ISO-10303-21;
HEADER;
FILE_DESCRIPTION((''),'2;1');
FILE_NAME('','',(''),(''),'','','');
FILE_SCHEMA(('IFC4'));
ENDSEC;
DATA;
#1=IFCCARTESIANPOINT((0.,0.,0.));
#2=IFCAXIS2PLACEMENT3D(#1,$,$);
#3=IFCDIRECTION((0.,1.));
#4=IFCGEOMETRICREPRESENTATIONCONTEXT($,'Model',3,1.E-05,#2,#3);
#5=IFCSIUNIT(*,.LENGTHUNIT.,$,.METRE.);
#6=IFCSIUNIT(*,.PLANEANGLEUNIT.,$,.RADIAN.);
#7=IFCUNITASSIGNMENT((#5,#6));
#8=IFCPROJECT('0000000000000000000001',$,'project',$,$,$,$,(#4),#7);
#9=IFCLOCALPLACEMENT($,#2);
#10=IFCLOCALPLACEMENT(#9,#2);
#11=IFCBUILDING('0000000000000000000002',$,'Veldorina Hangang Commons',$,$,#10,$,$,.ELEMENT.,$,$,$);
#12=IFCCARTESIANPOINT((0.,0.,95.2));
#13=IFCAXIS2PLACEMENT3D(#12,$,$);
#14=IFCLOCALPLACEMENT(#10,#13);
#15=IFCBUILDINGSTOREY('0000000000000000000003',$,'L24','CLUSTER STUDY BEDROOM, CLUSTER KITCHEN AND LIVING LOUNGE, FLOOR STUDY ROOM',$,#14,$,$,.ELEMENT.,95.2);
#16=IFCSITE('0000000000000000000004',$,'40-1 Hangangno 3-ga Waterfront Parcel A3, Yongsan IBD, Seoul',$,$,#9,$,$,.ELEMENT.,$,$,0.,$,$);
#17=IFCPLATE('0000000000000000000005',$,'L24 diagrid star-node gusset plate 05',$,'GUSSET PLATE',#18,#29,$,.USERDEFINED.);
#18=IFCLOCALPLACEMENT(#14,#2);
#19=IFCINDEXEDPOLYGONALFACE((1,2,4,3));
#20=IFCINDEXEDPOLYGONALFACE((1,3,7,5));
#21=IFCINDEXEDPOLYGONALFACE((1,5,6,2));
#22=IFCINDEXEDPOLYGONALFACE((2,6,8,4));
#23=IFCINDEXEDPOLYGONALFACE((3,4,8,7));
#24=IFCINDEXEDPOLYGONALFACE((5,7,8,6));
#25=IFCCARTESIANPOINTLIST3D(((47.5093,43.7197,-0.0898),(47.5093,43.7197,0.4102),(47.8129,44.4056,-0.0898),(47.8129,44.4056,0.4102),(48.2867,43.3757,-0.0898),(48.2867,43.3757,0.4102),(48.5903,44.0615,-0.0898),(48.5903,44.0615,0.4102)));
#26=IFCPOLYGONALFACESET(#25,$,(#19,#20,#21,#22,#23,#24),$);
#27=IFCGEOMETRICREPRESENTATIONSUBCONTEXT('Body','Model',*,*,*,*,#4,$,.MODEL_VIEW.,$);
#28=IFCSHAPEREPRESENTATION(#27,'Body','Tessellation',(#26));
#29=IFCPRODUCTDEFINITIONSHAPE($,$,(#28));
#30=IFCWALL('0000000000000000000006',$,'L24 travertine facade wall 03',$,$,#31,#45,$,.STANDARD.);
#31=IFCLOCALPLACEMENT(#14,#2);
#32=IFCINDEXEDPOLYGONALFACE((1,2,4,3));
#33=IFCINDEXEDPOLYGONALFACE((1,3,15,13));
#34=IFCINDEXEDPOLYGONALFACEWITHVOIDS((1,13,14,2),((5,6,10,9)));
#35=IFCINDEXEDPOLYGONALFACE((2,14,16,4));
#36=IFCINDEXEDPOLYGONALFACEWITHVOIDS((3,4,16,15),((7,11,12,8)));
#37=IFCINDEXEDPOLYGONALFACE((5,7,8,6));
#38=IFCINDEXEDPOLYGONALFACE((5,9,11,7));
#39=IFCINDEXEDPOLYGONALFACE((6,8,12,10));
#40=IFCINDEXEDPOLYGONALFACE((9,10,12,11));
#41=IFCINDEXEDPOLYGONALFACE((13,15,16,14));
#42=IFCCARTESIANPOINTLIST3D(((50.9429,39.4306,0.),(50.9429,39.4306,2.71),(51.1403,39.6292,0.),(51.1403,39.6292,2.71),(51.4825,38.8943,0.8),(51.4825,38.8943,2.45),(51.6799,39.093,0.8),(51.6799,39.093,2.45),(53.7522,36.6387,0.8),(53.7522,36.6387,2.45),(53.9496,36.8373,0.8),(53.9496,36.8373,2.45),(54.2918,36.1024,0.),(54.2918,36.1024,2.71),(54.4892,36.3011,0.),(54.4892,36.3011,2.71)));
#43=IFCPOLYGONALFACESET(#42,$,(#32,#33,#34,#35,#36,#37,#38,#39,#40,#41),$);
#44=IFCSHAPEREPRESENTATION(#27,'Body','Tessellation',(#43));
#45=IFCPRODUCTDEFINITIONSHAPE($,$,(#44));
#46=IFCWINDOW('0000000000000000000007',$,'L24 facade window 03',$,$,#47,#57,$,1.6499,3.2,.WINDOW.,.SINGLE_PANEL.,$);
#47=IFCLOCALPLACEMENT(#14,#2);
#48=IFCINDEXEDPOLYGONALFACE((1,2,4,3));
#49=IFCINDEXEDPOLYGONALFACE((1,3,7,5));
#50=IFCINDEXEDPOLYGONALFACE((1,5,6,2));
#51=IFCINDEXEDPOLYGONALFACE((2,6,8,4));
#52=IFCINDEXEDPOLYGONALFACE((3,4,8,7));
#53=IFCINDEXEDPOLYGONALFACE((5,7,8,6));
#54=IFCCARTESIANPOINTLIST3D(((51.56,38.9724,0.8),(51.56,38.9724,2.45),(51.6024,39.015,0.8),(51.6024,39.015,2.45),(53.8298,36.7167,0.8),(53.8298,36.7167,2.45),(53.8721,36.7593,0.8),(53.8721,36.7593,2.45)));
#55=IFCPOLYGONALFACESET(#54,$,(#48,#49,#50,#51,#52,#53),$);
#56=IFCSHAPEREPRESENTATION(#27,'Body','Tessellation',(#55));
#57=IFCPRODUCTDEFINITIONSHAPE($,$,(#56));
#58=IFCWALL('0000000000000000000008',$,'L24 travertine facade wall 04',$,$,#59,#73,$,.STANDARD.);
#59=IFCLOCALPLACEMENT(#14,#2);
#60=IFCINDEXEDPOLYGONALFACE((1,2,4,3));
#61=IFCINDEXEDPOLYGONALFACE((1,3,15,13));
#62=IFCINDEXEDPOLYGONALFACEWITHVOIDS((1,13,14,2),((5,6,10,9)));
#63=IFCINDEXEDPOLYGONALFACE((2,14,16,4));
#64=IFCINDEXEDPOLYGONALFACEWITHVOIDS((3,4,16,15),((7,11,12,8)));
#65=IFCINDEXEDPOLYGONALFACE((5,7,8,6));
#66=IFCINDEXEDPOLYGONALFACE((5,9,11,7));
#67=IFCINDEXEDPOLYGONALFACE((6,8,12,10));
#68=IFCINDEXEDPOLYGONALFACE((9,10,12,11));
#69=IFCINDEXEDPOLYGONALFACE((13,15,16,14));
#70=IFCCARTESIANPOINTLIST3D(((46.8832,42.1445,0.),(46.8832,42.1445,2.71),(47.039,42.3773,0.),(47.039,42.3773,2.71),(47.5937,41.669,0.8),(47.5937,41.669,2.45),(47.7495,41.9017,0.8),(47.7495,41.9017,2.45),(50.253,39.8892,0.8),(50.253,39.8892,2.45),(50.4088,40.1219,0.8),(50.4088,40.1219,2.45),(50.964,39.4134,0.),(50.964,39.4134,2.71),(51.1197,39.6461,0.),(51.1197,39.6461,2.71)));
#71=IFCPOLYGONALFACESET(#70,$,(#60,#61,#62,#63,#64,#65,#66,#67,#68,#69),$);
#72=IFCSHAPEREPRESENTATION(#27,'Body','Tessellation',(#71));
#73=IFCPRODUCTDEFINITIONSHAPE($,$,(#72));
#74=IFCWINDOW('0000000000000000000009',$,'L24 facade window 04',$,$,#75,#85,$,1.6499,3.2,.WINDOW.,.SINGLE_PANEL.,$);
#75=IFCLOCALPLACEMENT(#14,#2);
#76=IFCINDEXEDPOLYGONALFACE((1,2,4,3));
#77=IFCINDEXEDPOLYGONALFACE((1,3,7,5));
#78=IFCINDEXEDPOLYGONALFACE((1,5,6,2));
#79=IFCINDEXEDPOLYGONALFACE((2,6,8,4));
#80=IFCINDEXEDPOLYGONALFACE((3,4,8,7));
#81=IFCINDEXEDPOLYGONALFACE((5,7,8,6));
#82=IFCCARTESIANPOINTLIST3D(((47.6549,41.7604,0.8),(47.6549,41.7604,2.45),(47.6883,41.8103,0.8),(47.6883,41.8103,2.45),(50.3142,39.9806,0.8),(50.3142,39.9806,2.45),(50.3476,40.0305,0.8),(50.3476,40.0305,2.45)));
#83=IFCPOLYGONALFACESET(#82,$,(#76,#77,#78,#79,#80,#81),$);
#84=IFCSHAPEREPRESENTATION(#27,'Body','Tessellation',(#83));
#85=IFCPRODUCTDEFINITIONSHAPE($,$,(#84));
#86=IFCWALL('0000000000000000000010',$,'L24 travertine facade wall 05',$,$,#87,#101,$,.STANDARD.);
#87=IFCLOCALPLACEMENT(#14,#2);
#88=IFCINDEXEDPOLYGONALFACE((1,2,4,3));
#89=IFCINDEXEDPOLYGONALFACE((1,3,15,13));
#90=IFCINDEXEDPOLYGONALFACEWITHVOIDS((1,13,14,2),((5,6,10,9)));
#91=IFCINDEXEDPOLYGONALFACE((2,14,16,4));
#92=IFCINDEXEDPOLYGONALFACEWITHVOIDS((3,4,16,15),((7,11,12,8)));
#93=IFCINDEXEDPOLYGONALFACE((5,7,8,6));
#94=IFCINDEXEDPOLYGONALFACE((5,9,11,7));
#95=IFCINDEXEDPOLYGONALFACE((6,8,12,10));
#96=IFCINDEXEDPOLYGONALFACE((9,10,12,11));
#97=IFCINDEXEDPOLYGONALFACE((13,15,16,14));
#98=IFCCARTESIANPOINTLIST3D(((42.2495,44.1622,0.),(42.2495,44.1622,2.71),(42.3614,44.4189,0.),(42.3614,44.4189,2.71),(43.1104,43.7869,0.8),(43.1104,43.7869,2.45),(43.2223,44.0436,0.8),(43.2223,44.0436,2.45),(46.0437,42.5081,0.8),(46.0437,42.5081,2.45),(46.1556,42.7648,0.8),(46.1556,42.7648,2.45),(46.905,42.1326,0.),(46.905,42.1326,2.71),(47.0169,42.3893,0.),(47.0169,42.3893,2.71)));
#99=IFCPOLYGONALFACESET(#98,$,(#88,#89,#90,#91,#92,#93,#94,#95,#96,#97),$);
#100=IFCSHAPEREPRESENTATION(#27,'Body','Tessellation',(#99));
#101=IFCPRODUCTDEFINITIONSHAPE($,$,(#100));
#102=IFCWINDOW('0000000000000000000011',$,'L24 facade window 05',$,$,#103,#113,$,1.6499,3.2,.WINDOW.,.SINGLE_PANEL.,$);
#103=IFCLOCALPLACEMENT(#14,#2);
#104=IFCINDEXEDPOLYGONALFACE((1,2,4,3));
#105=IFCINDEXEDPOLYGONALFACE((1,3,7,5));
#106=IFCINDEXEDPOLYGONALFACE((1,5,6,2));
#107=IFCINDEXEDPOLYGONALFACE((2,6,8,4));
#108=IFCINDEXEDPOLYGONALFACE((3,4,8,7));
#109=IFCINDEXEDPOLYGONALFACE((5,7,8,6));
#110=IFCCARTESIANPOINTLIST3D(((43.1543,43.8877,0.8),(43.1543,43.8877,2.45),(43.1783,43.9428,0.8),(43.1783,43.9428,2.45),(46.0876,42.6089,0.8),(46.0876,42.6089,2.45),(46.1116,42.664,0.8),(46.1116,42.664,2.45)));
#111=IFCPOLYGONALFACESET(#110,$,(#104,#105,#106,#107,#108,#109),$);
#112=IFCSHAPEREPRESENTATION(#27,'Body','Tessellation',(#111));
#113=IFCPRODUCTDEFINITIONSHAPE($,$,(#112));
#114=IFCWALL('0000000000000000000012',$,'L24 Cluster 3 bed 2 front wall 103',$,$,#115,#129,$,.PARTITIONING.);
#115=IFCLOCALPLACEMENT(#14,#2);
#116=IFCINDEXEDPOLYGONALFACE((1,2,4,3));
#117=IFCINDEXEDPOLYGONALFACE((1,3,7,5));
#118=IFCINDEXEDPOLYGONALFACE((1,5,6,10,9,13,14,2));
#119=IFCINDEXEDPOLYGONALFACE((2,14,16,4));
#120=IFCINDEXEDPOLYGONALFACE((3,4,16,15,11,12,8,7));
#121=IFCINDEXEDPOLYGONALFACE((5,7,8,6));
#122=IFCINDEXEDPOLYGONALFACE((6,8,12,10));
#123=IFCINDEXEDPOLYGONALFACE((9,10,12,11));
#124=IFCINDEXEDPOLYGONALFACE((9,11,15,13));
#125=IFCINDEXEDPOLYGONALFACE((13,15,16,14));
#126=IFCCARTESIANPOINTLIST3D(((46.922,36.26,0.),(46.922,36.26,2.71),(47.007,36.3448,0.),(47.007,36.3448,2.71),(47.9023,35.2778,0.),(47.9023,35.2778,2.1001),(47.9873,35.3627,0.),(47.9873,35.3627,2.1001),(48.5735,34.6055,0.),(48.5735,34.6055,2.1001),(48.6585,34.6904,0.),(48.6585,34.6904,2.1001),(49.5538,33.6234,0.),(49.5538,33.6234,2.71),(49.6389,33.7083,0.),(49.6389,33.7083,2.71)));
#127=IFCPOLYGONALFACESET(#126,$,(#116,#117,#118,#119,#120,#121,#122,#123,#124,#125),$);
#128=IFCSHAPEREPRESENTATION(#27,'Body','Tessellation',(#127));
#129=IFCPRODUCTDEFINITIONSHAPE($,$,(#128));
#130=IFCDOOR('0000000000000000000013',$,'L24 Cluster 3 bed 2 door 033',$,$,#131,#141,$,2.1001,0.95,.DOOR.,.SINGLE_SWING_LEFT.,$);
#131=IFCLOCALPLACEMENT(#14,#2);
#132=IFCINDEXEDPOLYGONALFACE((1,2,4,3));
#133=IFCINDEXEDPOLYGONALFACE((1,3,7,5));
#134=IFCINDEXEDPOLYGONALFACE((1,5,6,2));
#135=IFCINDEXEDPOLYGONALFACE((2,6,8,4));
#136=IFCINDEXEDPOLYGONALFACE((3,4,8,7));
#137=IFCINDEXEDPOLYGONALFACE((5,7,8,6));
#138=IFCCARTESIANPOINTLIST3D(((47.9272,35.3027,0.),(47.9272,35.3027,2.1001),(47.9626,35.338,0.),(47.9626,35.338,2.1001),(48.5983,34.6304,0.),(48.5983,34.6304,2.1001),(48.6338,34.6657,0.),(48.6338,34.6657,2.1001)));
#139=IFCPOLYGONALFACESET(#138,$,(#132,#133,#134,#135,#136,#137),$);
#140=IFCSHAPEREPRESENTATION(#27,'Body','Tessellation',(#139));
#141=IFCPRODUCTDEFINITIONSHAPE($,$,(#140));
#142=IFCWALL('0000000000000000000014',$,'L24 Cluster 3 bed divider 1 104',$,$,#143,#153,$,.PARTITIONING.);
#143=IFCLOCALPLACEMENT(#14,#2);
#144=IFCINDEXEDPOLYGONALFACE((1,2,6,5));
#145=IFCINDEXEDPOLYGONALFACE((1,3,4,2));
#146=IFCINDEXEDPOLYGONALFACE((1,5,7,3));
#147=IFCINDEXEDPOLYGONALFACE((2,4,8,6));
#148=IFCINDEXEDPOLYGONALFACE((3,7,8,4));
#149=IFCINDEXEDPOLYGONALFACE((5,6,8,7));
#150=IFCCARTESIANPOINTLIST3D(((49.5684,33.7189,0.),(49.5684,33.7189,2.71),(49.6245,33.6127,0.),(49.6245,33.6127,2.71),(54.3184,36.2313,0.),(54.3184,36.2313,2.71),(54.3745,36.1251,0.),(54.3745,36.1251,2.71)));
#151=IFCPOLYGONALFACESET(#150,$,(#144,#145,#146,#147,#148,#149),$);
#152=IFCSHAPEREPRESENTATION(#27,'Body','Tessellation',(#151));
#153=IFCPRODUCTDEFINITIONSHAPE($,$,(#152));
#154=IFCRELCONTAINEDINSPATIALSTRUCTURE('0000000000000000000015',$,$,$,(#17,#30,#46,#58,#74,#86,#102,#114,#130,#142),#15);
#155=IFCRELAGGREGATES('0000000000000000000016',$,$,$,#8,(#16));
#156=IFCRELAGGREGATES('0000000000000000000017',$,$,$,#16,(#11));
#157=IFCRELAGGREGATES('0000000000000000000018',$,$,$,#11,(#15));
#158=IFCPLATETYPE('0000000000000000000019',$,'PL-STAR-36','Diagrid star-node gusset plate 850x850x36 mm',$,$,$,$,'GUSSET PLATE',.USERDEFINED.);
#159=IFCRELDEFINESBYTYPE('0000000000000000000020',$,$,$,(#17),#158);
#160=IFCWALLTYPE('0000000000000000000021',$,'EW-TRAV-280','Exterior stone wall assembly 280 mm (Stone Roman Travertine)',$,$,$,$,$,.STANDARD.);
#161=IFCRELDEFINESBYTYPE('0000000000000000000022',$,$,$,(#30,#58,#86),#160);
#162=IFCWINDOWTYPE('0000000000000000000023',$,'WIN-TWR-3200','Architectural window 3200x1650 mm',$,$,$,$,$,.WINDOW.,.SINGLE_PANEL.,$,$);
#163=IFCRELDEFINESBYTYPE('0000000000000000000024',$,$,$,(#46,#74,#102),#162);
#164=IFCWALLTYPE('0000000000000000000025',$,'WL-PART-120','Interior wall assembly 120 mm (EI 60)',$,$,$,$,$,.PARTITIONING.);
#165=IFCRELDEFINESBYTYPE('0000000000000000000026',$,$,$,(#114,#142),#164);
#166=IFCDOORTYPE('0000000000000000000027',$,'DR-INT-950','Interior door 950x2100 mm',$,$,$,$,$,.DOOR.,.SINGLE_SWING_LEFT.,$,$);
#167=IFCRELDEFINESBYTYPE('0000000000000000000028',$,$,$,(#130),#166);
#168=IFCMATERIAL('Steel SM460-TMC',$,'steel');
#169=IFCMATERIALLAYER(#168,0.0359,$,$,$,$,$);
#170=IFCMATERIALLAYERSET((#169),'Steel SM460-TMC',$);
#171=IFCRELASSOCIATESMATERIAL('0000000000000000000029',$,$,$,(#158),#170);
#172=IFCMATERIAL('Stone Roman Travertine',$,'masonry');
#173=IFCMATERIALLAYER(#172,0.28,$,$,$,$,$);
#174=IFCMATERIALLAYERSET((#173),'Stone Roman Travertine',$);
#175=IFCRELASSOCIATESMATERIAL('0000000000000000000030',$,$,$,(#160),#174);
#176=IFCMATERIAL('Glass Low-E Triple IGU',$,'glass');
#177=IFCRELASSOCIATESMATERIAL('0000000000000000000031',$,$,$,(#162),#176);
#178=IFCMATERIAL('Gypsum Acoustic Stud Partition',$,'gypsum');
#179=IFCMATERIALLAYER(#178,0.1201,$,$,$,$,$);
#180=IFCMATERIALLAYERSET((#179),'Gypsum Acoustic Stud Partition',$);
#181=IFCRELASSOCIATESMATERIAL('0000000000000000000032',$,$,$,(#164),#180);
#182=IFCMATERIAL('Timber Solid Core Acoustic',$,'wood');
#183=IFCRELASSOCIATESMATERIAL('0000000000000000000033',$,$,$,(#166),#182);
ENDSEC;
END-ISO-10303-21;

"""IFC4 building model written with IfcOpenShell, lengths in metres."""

from ifc_helpers import new_model, si_unit, direction, frame, frame_2d, origin, origin_2d, place, context, subcontext, project, spatial, rectangle, extrude, material, layer, layer_set, type_object, element, fill, save


model = new_model("IFC4")

# Units and contexts
model_context = context("Model", 3, precision=1e-05, world=origin(), true_north=direction((0.0, 1.0)))
body_context = subcontext(model_context, "Body", "Model", "MODEL_VIEW")
ifc_project = project(units=[si_unit("LENGTHUNIT", "METRE"), si_unit("PLANEANGLEUNIT", "RADIAN")], contexts=[model_context])

# Site, building, storey
site_placement = place(None, origin())
site = spatial("IfcSite", under=ifc_project, at=site_placement, Name="40-1 Hangangno 3-ga Waterfront Parcel A3, Yongsan IBD, Seoul", CompositionType="ELEMENT", RefElevation=0.0)
building_placement = place(site_placement, origin())
building = spatial("IfcBuilding", under=site, at=building_placement, Name="Veldorina Hangang Commons", CompositionType="ELEMENT")
storey_placement = place(building_placement, frame((0.0, 0.0, 95.2)))
storey = spatial("IfcBuildingStorey", under=building, at=storey_placement, Name="L24", Description="CLUSTER STUDY BEDROOM, CLUSTER KITCHEN AND LIVING LOUNGE, FLOOR STUDY ROOM", CompositionType="ELEMENT", Elevation=95.2)

# Shared definitions
ifc_material_1 = material(Name="Steel SM460-TMC", Category="steel")

# Plate
ifc_layer_1 = layer(ifc_material_1, 0.0359)
ifc_layer_set_1 = layer_set([ifc_layer_1], Name="Steel SM460-TMC")
plate_type = type_object("IfcPlateType", Name="PL-STAR-36", Description="Diagrid star-node gusset plate 850x850x36 mm", ElementType="GUSSET PLATE", PredefinedType="USERDEFINED", material=ifc_layer_set_1)
plate_1_placement = place(storey_placement, frame((48.0498, 43.8906, -0.0898), z_axis=(0.0, 0.0, 1.0), x_axis=(-0.914431, 0.404743, 0.0)))
element("IfcPlate", 1, at=plate_1_placement, inside=storey, type_object=plate_type, Name="L24 diagrid star-node gusset plate 05", ObjectType="GUSSET PLATE", PredefinedType="USERDEFINED", context=body_context, shape_type="SweptSolid", body=[
    extrude(rectangle(XDim=0.8501, YDim=0.75, at=origin_2d()), origin(), (0.0, 0.0, 1.0), 0.5),
])

# Walls, openings, windows
ifc_material_2 = material(Name="Stone Roman Travertine", Category="masonry")
ifc_layer_2 = layer(ifc_material_2, 0.28)
ifc_layer_set_2 = layer_set([ifc_layer_2], Name="Stone Roman Travertine")
wall_type_1 = type_object("IfcWallType", Name="EW-TRAV-280", Description="Exterior stone wall assembly 280 mm (Stone Roman Travertine)", PredefinedType="STANDARD", material=ifc_layer_set_2)
wall_1_placement = place(storey_placement, frame((54.3906, 36.2017, 0.0), z_axis=(0.0, 0.0, 1.0), x_axis=(-0.709301, 0.704906, 0.0)))
wall_1 = element("IfcWall", 2, at=wall_1_placement, inside=storey, type_object=wall_type_1, Name="L24 travertine facade wall 03", PredefinedType="STANDARD", context=body_context, shape_type="SweptSolid", body=[
    extrude(rectangle(XDim=4.7214, YDim=0.28, at=frame_2d((2.3608, 0.0))), origin(), (0.0, 0.0, 1.0), 2.71),
])
opening_1_placement = place(wall_1_placement, frame((0.7607, 0.0, 0.8)))
opening_1 = element("IfcOpeningElement", 3, at=opening_1_placement, cuts=wall_1, PredefinedType="OPENING", context=body_context, shape_type="SweptSolid", body=[
    extrude(rectangle(XDim=3.2, YDim=1.6499, at=frame_2d((1.6001, 0.825))), frame((0.0, 0.1499, 0.0), z_axis=(0.0, -1.0, 0.0), x_axis=(1.0, 0.0, 0.0)), (0.0, 0.0, 1.0), 0.3),
])
ifc_material_3 = material(Name="Glass Low-E Triple IGU", Category="glass")
window_type = type_object("IfcWindowType", Name="WIN-TWR-3200", Description="Architectural window 3200x1650 mm", PartitioningType="SINGLE_PANEL", PredefinedType="WINDOW", material=ifc_material_3)
window_1_placement = place(opening_1_placement, origin())
window_1 = element("IfcWindow", 4, at=window_1_placement, inside=storey, type_object=window_type, Name="L24 facade window 03", OverallHeight=1.6499, OverallWidth=3.2, PartitioningType="SINGLE_PANEL", PredefinedType="WINDOW", context=body_context, shape_type="SweptSolid", body=[
    extrude(rectangle(XDim=3.2, YDim=1.6499, at=frame_2d((1.6001, 0.825))), frame((0.0, 0.03, 0.0), z_axis=(0.0, -1.0, 0.0), x_axis=(1.0, 0.0, 0.0)), (0.0, 0.0, 1.0), 0.0601),
])
fill(opening_1, window_1)
wall_2_placement = place(storey_placement, frame((51.0417, 39.5298, 0.0), z_axis=(0.0, 0.0, 1.0), x_axis=(-0.831047, 0.556202, 0.0)))
wall_2 = element("IfcWall", 5, at=wall_2_placement, inside=storey, type_object=wall_type_1, Name="L24 travertine facade wall 04", PredefinedType="STANDARD", context=body_context, shape_type="SweptSolid", body=[
    extrude(rectangle(XDim=4.9104, YDim=0.28, at=frame_2d((2.4551, 0.0))), origin(), (0.0, 0.0, 1.0), 2.71),
])
opening_2_placement = place(wall_2_placement, frame((0.8552, 0.0, 0.8)))
opening_2 = element("IfcOpeningElement", 6, at=opening_2_placement, cuts=wall_2, PredefinedType="OPENING", context=body_context, shape_type="SweptSolid", body=[
    extrude(rectangle(XDim=3.2, YDim=1.6499, at=frame_2d((1.6001, 0.825))), frame((0.0, 0.1499, 0.0), z_axis=(0.0, -1.0, 0.0), x_axis=(1.0, 0.0, 0.0)), (0.0, 0.0, 1.0), 0.3),
])
window_2_placement = place(opening_2_placement, origin())
window_2 = element("IfcWindow", 7, at=window_2_placement, inside=storey, type_object=window_type, Name="L24 facade window 04", OverallHeight=1.6499, OverallWidth=3.2, PartitioningType="SINGLE_PANEL", PredefinedType="WINDOW", context=body_context, shape_type="SweptSolid", body=[
    extrude(rectangle(XDim=3.2, YDim=1.6499, at=frame_2d((1.6001, 0.825))), frame((0.0, 0.03, 0.0), z_axis=(0.0, -1.0, 0.0), x_axis=(1.0, 0.0, 0.0)), (0.0, 0.0, 1.0), 0.0601),
])
fill(opening_2, window_2)
wall_3_placement = place(storey_placement, frame((46.9609, 42.261, 0.0), z_axis=(0.0, 0.0, 1.0), x_axis=(-0.916681, 0.399621, 0.0)))
wall_3 = element("IfcWall", 8, at=wall_3_placement, inside=storey, type_object=wall_type_1, Name="L24 travertine facade wall 05", PredefinedType="STANDARD", context=body_context, shape_type="SweptSolid", body=[
    extrude(rectangle(XDim=5.0786, YDim=0.28, at=frame_2d((2.5393, 0.0))), origin(), (0.0, 0.0, 1.0), 2.71),
])
opening_3_placement = place(wall_3_placement, frame((0.9395, 0.0, 0.8)))
opening_3 = element("IfcOpeningElement", 9, at=opening_3_placement, cuts=wall_3, PredefinedType="OPENING", context=body_context, shape_type="SweptSolid", body=[
    extrude(rectangle(XDim=3.2, YDim=1.6499, at=frame_2d((1.6001, 0.825))), frame((0.0, 0.1499, 0.0), z_axis=(0.0, -1.0, 0.0), x_axis=(1.0, 0.0, 0.0)), (0.0, 0.0, 1.0), 0.3),
])
window_3_placement = place(opening_3_placement, origin())
window_3 = element("IfcWindow", 10, at=window_3_placement, inside=storey, type_object=window_type, Name="L24 facade window 05", OverallHeight=1.6499, OverallWidth=3.2, PartitioningType="SINGLE_PANEL", PredefinedType="WINDOW", context=body_context, shape_type="SweptSolid", body=[
    extrude(rectangle(XDim=3.2, YDim=1.6499, at=frame_2d((1.6001, 0.825))), frame((0.0, 0.03, 0.0), z_axis=(0.0, -1.0, 0.0), x_axis=(1.0, 0.0, 0.0)), (0.0, 0.0, 1.0), 0.0601),
])
fill(opening_3, window_3)

# Wall, opening, door
ifc_material_4 = material(Name="Gypsum Acoustic Stud Partition", Category="gypsum")
ifc_layer_3 = layer(ifc_material_4, 0.1201)
ifc_layer_set_3 = layer_set([ifc_layer_3], Name="Gypsum Acoustic Stud Partition")
wall_type_2 = type_object("IfcWallType", Name="WL-PART-120", Description="Interior wall assembly 120 mm (EI 60)", PredefinedType="PARTITIONING", material=ifc_layer_set_3)
wall_4_placement = place(storey_placement, frame((49.5964, 33.6658, 0.0), z_axis=(0.0, 0.0, 1.0), x_axis=(-0.706484, 0.707729, 0.0)))
wall_4 = element("IfcWall", 11, at=wall_4_placement, inside=storey, type_object=wall_type_2, Name="L24 Cluster 3 bed 2 front wall 103", PredefinedType="PARTITIONING", context=body_context, shape_type="SweptSolid", body=[
    extrude(rectangle(XDim=3.7253, YDim=0.1201, at=frame_2d((1.8628, 0.0))), origin(), (0.0, 0.0, 1.0), 2.71),
])
opening_4_placement = place(wall_4_placement, frame((1.3877, 0.0, 0.0)))
opening_4 = element("IfcOpeningElement", 12, at=opening_4_placement, cuts=wall_4, PredefinedType="OPENING", context=body_context, shape_type="SweptSolid", body=[
    extrude(rectangle(XDim=0.95, YDim=2.1001, at=frame_2d((0.4751, 1.05))), frame((0.0, 0.0701, 0.0), z_axis=(0.0, -1.0, 0.0), x_axis=(1.0, 0.0, 0.0)), (0.0, 0.0, 1.0), 0.1401),
])
ifc_material_5 = material(Name="Timber Solid Core Acoustic", Category="wood")
door_type = type_object("IfcDoorType", Name="DR-INT-950", Description="Interior door 950x2100 mm", OperationType="SINGLE_SWING_LEFT", PredefinedType="DOOR", material=ifc_material_5)
door_1_placement = place(opening_4_placement, origin())
door_1 = element("IfcDoor", 13, at=door_1_placement, inside=storey, type_object=door_type, Name="L24 Cluster 3 bed 2 door 033", OperationType="SINGLE_SWING_LEFT", OverallHeight=2.1001, OverallWidth=0.95, PredefinedType="DOOR", context=body_context, shape_type="SweptSolid", body=[
    extrude(rectangle(XDim=0.95, YDim=2.1001, at=frame_2d((0.4751, 1.05))), frame((0.0, 0.0249, 0.0), z_axis=(0.0, -1.0, 0.0), x_axis=(1.0, 0.0, 0.0)), (0.0, 0.0, 1.0), 0.05),
])
fill(opening_4, door_1)

# Wall
wall_5_placement = place(storey_placement, frame((49.5964, 33.6658, 0.0), z_axis=(0.0, 0.0, 1.0), x_axis=(0.883961, 0.46756, 0.0)))
element("IfcWall", 14, at=wall_5_placement, inside=storey, type_object=wall_type_2, Name="L24 Cluster 3 bed divider 1 104", PredefinedType="PARTITIONING", context=body_context, shape_type="SweptSolid", body=[
    extrude(rectangle(XDim=5.3735, YDim=0.1201, at=frame_2d((2.6868, 0.0))), origin(), (0.0, 0.0, 1.0), 2.71),
])

save(model, "model.ifc")
